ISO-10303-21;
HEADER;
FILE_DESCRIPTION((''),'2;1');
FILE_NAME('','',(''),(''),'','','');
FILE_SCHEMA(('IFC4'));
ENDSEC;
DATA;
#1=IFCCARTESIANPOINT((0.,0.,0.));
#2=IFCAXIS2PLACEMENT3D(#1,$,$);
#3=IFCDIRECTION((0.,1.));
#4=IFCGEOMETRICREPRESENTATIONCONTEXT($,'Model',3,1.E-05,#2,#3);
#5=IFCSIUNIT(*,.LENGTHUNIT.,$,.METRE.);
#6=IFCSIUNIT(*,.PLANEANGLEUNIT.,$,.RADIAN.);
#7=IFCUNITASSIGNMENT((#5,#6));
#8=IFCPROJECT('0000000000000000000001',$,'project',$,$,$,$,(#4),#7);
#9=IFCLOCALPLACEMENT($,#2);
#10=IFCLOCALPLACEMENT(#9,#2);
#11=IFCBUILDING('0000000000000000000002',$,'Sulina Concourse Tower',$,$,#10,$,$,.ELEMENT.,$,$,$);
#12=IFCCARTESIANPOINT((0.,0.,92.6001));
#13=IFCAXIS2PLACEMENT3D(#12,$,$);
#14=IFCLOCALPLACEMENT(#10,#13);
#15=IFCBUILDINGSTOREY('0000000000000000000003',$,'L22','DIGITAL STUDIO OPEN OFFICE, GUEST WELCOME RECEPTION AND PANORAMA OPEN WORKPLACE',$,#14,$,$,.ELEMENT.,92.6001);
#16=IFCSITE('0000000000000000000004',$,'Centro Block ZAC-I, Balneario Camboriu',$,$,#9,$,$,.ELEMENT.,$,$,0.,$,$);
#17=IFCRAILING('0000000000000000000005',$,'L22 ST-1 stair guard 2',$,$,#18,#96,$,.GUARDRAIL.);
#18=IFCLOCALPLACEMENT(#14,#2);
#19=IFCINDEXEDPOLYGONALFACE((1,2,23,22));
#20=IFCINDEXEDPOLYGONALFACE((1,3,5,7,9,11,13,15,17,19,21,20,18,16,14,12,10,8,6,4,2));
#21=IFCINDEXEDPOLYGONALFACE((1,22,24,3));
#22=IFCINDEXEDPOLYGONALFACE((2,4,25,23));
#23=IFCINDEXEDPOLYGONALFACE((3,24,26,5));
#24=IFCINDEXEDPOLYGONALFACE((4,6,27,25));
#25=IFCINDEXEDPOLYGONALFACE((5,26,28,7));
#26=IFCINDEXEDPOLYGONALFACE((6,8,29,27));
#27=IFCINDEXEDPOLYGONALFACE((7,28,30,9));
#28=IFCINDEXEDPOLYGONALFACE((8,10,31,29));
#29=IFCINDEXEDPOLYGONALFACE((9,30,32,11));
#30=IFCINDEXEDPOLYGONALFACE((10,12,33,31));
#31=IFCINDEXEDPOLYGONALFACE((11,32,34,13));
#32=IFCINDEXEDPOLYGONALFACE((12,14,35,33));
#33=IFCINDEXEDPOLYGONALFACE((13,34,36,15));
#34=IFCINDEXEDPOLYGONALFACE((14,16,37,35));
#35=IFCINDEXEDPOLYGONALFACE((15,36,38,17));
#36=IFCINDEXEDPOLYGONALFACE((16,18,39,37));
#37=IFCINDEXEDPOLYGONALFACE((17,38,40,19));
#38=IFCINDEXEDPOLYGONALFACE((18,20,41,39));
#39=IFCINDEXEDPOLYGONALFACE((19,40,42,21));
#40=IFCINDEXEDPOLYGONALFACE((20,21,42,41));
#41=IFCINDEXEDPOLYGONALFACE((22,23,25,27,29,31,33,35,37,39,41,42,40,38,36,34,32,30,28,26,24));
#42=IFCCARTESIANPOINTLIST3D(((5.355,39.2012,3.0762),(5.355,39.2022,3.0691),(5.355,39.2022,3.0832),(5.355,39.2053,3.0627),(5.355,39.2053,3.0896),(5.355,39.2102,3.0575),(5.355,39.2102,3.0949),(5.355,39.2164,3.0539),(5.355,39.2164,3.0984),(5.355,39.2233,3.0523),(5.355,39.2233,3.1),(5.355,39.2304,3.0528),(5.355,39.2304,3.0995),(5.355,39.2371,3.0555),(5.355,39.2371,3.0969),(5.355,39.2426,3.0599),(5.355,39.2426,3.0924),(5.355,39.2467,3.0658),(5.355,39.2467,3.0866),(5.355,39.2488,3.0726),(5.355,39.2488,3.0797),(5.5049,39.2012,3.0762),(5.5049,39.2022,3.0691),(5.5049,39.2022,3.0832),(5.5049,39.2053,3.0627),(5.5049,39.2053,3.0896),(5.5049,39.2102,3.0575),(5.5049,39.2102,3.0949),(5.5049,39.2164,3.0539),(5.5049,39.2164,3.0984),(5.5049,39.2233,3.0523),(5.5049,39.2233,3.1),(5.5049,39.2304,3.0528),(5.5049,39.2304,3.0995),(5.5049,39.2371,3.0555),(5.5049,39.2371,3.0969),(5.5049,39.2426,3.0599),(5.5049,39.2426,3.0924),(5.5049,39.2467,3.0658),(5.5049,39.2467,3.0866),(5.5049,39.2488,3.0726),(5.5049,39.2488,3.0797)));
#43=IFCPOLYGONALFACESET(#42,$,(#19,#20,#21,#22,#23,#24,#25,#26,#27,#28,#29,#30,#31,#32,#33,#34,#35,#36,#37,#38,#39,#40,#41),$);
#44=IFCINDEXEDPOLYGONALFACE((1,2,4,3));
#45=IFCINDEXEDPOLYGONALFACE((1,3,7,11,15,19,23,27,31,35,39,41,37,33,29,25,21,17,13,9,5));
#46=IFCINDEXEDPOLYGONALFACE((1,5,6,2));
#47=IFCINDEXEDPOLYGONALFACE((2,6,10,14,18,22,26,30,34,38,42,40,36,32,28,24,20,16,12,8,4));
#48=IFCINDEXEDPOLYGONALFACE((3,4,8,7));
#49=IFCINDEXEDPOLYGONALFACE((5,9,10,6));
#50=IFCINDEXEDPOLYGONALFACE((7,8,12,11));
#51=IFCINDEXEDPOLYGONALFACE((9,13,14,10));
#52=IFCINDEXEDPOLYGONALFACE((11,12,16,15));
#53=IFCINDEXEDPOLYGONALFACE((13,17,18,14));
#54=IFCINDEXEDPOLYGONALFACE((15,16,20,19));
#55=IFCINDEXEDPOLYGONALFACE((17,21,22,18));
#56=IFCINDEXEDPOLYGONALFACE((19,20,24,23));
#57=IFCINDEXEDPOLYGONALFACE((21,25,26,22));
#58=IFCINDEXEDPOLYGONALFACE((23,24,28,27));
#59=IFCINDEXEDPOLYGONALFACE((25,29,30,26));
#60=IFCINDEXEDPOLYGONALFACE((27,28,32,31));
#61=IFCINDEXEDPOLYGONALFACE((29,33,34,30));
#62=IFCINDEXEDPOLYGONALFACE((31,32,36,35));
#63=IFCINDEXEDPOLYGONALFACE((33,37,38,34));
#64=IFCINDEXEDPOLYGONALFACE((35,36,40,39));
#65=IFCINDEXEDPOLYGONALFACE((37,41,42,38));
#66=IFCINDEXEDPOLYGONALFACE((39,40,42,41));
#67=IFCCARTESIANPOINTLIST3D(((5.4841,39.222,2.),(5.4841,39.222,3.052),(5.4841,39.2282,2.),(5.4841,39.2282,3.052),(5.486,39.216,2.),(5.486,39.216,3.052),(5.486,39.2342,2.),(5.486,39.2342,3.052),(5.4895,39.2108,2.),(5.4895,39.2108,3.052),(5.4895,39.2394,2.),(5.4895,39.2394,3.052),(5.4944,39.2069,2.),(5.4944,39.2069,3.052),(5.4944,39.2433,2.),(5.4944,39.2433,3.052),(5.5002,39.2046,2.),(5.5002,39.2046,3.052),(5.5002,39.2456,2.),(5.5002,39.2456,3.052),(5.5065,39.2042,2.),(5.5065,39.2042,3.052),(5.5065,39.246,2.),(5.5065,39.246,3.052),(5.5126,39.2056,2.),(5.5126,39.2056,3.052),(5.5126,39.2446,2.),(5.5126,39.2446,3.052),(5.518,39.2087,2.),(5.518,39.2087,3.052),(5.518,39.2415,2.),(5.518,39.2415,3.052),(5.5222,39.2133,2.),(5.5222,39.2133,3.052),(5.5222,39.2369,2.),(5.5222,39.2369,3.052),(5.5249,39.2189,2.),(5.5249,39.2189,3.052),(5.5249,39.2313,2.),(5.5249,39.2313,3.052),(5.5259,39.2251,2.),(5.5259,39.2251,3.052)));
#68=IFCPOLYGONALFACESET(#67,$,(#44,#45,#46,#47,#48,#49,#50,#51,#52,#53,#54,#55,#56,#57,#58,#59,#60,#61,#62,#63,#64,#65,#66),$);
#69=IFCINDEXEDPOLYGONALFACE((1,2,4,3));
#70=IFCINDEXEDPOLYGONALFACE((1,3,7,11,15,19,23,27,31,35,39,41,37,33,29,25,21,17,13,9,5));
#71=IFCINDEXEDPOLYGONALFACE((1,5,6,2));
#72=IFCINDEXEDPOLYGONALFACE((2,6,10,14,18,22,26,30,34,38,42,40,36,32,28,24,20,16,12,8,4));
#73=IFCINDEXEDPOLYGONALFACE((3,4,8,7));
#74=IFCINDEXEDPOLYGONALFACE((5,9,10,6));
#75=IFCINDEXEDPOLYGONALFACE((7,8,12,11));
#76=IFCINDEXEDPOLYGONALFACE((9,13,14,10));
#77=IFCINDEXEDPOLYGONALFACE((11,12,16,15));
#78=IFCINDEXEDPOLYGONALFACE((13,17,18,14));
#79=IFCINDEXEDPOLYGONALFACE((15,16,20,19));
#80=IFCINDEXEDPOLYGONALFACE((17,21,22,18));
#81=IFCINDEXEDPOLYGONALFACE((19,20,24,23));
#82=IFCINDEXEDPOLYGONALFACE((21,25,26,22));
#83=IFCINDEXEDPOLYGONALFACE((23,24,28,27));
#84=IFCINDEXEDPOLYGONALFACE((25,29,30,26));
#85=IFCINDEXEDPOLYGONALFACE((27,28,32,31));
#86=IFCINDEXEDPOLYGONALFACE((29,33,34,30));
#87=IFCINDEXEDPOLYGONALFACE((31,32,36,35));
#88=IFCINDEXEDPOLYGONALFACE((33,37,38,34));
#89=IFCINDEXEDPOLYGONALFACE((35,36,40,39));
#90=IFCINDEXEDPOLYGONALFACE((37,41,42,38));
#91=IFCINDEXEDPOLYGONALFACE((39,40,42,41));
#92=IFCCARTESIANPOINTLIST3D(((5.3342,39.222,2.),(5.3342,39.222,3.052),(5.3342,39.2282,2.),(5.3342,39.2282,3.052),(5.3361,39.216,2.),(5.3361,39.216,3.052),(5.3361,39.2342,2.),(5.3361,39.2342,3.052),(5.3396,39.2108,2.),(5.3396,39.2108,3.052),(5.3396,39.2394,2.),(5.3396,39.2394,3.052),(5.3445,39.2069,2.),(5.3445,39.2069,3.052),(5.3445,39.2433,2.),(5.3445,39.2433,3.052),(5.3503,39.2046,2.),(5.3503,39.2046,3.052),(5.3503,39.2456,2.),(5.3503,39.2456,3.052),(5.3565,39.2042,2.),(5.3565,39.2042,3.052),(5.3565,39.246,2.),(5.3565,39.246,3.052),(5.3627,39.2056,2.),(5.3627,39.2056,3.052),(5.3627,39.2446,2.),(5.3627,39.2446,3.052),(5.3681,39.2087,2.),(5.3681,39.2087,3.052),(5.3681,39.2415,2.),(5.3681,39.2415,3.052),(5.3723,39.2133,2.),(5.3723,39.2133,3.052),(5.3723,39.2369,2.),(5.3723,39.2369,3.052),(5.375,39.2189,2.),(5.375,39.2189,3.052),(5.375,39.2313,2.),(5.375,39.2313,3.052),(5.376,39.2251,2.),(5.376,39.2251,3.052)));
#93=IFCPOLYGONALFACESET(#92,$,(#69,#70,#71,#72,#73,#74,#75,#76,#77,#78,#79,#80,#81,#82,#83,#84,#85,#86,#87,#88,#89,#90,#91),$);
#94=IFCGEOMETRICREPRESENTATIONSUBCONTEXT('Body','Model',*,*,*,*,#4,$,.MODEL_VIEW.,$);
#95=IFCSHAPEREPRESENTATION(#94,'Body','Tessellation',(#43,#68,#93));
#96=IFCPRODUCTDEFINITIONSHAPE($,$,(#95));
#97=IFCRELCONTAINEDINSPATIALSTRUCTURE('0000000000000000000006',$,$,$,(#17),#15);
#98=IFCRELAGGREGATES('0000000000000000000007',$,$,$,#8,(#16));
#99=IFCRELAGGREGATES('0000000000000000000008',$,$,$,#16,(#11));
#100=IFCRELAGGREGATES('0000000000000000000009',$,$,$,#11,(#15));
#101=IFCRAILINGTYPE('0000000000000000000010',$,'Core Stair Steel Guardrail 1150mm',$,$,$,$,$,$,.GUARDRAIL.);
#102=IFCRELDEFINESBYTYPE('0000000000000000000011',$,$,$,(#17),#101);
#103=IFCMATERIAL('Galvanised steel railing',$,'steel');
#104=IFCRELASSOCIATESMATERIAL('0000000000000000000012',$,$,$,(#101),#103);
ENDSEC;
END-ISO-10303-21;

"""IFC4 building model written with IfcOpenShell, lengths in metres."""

from ifc_helpers import new_model, si_unit, direction, frame, origin, origin_2d, place, context, subcontext, project, spatial, circle, extrude, material, type_object, element, save


model = new_model("IFC4")

# Units and contexts
model_context = context("Model", 3, precision=1e-05, world=origin(), true_north=direction((0.0, 1.0)))
body_context = subcontext(model_context, "Body", "Model", "MODEL_VIEW")
ifc_project = project(units=[si_unit("LENGTHUNIT", "METRE"), si_unit("PLANEANGLEUNIT", "RADIAN")], contexts=[model_context])

# Site, building, storey
site_placement = place(None, origin())
site = spatial("IfcSite", under=ifc_project, at=site_placement, Name="Centro Block ZAC-I, Balneario Camboriu", CompositionType="ELEMENT", RefElevation=0.0)
building_placement = place(site_placement, origin())
building = spatial("IfcBuilding", under=site, at=building_placement, Name="Sulina Concourse Tower", CompositionType="ELEMENT")
storey_placement = place(building_placement, frame((0.0, 0.0, 92.6001)))
storey = spatial("IfcBuildingStorey", under=building, at=storey_placement, Name="L22", Description="DIGITAL STUDIO OPEN OFFICE, GUEST WELCOME RECEPTION AND PANORAMA OPEN WORKPLACE", CompositionType="ELEMENT", Elevation=92.6001)

# Railing
ifc_material_1 = material(Name="Galvanised steel railing", Category="steel")
railing_type_1 = type_object("IfcRailingType", Name="Core Stair Steel Guardrail 1150mm", PredefinedType="GUARDRAIL", material=ifc_material_1)
railing_1_placement = place(storey_placement, frame((5.5049, 39.2251, 2.0)))
element("IfcRailing", 1, at=railing_1_placement, inside=storey, type_object=railing_type_1, Name="L22 ST-1 stair guard 2", PredefinedType="GUARDRAIL", context=body_context, shape_type="SweptSolid", body=[
    extrude(circle(Radius=0.0239, at=origin_2d()), frame((0.0, 0.0, 1.0762), z_axis=(-1.0, 0.0, 0.0), x_axis=(0.0, -1.0, 0.0)), (0.0, 0.0, 1.0), 0.1499),
    extrude(circle(Radius=0.021, at=origin_2d()), origin(), (0.0, 0.0, 1.0), 1.052),
    extrude(circle(Radius=0.021, at=origin_2d()), frame((-0.1499, 0.0, 0.0)), (0.0, 0.0, 1.0), 1.052),
])

save(model, "model.ifc")
